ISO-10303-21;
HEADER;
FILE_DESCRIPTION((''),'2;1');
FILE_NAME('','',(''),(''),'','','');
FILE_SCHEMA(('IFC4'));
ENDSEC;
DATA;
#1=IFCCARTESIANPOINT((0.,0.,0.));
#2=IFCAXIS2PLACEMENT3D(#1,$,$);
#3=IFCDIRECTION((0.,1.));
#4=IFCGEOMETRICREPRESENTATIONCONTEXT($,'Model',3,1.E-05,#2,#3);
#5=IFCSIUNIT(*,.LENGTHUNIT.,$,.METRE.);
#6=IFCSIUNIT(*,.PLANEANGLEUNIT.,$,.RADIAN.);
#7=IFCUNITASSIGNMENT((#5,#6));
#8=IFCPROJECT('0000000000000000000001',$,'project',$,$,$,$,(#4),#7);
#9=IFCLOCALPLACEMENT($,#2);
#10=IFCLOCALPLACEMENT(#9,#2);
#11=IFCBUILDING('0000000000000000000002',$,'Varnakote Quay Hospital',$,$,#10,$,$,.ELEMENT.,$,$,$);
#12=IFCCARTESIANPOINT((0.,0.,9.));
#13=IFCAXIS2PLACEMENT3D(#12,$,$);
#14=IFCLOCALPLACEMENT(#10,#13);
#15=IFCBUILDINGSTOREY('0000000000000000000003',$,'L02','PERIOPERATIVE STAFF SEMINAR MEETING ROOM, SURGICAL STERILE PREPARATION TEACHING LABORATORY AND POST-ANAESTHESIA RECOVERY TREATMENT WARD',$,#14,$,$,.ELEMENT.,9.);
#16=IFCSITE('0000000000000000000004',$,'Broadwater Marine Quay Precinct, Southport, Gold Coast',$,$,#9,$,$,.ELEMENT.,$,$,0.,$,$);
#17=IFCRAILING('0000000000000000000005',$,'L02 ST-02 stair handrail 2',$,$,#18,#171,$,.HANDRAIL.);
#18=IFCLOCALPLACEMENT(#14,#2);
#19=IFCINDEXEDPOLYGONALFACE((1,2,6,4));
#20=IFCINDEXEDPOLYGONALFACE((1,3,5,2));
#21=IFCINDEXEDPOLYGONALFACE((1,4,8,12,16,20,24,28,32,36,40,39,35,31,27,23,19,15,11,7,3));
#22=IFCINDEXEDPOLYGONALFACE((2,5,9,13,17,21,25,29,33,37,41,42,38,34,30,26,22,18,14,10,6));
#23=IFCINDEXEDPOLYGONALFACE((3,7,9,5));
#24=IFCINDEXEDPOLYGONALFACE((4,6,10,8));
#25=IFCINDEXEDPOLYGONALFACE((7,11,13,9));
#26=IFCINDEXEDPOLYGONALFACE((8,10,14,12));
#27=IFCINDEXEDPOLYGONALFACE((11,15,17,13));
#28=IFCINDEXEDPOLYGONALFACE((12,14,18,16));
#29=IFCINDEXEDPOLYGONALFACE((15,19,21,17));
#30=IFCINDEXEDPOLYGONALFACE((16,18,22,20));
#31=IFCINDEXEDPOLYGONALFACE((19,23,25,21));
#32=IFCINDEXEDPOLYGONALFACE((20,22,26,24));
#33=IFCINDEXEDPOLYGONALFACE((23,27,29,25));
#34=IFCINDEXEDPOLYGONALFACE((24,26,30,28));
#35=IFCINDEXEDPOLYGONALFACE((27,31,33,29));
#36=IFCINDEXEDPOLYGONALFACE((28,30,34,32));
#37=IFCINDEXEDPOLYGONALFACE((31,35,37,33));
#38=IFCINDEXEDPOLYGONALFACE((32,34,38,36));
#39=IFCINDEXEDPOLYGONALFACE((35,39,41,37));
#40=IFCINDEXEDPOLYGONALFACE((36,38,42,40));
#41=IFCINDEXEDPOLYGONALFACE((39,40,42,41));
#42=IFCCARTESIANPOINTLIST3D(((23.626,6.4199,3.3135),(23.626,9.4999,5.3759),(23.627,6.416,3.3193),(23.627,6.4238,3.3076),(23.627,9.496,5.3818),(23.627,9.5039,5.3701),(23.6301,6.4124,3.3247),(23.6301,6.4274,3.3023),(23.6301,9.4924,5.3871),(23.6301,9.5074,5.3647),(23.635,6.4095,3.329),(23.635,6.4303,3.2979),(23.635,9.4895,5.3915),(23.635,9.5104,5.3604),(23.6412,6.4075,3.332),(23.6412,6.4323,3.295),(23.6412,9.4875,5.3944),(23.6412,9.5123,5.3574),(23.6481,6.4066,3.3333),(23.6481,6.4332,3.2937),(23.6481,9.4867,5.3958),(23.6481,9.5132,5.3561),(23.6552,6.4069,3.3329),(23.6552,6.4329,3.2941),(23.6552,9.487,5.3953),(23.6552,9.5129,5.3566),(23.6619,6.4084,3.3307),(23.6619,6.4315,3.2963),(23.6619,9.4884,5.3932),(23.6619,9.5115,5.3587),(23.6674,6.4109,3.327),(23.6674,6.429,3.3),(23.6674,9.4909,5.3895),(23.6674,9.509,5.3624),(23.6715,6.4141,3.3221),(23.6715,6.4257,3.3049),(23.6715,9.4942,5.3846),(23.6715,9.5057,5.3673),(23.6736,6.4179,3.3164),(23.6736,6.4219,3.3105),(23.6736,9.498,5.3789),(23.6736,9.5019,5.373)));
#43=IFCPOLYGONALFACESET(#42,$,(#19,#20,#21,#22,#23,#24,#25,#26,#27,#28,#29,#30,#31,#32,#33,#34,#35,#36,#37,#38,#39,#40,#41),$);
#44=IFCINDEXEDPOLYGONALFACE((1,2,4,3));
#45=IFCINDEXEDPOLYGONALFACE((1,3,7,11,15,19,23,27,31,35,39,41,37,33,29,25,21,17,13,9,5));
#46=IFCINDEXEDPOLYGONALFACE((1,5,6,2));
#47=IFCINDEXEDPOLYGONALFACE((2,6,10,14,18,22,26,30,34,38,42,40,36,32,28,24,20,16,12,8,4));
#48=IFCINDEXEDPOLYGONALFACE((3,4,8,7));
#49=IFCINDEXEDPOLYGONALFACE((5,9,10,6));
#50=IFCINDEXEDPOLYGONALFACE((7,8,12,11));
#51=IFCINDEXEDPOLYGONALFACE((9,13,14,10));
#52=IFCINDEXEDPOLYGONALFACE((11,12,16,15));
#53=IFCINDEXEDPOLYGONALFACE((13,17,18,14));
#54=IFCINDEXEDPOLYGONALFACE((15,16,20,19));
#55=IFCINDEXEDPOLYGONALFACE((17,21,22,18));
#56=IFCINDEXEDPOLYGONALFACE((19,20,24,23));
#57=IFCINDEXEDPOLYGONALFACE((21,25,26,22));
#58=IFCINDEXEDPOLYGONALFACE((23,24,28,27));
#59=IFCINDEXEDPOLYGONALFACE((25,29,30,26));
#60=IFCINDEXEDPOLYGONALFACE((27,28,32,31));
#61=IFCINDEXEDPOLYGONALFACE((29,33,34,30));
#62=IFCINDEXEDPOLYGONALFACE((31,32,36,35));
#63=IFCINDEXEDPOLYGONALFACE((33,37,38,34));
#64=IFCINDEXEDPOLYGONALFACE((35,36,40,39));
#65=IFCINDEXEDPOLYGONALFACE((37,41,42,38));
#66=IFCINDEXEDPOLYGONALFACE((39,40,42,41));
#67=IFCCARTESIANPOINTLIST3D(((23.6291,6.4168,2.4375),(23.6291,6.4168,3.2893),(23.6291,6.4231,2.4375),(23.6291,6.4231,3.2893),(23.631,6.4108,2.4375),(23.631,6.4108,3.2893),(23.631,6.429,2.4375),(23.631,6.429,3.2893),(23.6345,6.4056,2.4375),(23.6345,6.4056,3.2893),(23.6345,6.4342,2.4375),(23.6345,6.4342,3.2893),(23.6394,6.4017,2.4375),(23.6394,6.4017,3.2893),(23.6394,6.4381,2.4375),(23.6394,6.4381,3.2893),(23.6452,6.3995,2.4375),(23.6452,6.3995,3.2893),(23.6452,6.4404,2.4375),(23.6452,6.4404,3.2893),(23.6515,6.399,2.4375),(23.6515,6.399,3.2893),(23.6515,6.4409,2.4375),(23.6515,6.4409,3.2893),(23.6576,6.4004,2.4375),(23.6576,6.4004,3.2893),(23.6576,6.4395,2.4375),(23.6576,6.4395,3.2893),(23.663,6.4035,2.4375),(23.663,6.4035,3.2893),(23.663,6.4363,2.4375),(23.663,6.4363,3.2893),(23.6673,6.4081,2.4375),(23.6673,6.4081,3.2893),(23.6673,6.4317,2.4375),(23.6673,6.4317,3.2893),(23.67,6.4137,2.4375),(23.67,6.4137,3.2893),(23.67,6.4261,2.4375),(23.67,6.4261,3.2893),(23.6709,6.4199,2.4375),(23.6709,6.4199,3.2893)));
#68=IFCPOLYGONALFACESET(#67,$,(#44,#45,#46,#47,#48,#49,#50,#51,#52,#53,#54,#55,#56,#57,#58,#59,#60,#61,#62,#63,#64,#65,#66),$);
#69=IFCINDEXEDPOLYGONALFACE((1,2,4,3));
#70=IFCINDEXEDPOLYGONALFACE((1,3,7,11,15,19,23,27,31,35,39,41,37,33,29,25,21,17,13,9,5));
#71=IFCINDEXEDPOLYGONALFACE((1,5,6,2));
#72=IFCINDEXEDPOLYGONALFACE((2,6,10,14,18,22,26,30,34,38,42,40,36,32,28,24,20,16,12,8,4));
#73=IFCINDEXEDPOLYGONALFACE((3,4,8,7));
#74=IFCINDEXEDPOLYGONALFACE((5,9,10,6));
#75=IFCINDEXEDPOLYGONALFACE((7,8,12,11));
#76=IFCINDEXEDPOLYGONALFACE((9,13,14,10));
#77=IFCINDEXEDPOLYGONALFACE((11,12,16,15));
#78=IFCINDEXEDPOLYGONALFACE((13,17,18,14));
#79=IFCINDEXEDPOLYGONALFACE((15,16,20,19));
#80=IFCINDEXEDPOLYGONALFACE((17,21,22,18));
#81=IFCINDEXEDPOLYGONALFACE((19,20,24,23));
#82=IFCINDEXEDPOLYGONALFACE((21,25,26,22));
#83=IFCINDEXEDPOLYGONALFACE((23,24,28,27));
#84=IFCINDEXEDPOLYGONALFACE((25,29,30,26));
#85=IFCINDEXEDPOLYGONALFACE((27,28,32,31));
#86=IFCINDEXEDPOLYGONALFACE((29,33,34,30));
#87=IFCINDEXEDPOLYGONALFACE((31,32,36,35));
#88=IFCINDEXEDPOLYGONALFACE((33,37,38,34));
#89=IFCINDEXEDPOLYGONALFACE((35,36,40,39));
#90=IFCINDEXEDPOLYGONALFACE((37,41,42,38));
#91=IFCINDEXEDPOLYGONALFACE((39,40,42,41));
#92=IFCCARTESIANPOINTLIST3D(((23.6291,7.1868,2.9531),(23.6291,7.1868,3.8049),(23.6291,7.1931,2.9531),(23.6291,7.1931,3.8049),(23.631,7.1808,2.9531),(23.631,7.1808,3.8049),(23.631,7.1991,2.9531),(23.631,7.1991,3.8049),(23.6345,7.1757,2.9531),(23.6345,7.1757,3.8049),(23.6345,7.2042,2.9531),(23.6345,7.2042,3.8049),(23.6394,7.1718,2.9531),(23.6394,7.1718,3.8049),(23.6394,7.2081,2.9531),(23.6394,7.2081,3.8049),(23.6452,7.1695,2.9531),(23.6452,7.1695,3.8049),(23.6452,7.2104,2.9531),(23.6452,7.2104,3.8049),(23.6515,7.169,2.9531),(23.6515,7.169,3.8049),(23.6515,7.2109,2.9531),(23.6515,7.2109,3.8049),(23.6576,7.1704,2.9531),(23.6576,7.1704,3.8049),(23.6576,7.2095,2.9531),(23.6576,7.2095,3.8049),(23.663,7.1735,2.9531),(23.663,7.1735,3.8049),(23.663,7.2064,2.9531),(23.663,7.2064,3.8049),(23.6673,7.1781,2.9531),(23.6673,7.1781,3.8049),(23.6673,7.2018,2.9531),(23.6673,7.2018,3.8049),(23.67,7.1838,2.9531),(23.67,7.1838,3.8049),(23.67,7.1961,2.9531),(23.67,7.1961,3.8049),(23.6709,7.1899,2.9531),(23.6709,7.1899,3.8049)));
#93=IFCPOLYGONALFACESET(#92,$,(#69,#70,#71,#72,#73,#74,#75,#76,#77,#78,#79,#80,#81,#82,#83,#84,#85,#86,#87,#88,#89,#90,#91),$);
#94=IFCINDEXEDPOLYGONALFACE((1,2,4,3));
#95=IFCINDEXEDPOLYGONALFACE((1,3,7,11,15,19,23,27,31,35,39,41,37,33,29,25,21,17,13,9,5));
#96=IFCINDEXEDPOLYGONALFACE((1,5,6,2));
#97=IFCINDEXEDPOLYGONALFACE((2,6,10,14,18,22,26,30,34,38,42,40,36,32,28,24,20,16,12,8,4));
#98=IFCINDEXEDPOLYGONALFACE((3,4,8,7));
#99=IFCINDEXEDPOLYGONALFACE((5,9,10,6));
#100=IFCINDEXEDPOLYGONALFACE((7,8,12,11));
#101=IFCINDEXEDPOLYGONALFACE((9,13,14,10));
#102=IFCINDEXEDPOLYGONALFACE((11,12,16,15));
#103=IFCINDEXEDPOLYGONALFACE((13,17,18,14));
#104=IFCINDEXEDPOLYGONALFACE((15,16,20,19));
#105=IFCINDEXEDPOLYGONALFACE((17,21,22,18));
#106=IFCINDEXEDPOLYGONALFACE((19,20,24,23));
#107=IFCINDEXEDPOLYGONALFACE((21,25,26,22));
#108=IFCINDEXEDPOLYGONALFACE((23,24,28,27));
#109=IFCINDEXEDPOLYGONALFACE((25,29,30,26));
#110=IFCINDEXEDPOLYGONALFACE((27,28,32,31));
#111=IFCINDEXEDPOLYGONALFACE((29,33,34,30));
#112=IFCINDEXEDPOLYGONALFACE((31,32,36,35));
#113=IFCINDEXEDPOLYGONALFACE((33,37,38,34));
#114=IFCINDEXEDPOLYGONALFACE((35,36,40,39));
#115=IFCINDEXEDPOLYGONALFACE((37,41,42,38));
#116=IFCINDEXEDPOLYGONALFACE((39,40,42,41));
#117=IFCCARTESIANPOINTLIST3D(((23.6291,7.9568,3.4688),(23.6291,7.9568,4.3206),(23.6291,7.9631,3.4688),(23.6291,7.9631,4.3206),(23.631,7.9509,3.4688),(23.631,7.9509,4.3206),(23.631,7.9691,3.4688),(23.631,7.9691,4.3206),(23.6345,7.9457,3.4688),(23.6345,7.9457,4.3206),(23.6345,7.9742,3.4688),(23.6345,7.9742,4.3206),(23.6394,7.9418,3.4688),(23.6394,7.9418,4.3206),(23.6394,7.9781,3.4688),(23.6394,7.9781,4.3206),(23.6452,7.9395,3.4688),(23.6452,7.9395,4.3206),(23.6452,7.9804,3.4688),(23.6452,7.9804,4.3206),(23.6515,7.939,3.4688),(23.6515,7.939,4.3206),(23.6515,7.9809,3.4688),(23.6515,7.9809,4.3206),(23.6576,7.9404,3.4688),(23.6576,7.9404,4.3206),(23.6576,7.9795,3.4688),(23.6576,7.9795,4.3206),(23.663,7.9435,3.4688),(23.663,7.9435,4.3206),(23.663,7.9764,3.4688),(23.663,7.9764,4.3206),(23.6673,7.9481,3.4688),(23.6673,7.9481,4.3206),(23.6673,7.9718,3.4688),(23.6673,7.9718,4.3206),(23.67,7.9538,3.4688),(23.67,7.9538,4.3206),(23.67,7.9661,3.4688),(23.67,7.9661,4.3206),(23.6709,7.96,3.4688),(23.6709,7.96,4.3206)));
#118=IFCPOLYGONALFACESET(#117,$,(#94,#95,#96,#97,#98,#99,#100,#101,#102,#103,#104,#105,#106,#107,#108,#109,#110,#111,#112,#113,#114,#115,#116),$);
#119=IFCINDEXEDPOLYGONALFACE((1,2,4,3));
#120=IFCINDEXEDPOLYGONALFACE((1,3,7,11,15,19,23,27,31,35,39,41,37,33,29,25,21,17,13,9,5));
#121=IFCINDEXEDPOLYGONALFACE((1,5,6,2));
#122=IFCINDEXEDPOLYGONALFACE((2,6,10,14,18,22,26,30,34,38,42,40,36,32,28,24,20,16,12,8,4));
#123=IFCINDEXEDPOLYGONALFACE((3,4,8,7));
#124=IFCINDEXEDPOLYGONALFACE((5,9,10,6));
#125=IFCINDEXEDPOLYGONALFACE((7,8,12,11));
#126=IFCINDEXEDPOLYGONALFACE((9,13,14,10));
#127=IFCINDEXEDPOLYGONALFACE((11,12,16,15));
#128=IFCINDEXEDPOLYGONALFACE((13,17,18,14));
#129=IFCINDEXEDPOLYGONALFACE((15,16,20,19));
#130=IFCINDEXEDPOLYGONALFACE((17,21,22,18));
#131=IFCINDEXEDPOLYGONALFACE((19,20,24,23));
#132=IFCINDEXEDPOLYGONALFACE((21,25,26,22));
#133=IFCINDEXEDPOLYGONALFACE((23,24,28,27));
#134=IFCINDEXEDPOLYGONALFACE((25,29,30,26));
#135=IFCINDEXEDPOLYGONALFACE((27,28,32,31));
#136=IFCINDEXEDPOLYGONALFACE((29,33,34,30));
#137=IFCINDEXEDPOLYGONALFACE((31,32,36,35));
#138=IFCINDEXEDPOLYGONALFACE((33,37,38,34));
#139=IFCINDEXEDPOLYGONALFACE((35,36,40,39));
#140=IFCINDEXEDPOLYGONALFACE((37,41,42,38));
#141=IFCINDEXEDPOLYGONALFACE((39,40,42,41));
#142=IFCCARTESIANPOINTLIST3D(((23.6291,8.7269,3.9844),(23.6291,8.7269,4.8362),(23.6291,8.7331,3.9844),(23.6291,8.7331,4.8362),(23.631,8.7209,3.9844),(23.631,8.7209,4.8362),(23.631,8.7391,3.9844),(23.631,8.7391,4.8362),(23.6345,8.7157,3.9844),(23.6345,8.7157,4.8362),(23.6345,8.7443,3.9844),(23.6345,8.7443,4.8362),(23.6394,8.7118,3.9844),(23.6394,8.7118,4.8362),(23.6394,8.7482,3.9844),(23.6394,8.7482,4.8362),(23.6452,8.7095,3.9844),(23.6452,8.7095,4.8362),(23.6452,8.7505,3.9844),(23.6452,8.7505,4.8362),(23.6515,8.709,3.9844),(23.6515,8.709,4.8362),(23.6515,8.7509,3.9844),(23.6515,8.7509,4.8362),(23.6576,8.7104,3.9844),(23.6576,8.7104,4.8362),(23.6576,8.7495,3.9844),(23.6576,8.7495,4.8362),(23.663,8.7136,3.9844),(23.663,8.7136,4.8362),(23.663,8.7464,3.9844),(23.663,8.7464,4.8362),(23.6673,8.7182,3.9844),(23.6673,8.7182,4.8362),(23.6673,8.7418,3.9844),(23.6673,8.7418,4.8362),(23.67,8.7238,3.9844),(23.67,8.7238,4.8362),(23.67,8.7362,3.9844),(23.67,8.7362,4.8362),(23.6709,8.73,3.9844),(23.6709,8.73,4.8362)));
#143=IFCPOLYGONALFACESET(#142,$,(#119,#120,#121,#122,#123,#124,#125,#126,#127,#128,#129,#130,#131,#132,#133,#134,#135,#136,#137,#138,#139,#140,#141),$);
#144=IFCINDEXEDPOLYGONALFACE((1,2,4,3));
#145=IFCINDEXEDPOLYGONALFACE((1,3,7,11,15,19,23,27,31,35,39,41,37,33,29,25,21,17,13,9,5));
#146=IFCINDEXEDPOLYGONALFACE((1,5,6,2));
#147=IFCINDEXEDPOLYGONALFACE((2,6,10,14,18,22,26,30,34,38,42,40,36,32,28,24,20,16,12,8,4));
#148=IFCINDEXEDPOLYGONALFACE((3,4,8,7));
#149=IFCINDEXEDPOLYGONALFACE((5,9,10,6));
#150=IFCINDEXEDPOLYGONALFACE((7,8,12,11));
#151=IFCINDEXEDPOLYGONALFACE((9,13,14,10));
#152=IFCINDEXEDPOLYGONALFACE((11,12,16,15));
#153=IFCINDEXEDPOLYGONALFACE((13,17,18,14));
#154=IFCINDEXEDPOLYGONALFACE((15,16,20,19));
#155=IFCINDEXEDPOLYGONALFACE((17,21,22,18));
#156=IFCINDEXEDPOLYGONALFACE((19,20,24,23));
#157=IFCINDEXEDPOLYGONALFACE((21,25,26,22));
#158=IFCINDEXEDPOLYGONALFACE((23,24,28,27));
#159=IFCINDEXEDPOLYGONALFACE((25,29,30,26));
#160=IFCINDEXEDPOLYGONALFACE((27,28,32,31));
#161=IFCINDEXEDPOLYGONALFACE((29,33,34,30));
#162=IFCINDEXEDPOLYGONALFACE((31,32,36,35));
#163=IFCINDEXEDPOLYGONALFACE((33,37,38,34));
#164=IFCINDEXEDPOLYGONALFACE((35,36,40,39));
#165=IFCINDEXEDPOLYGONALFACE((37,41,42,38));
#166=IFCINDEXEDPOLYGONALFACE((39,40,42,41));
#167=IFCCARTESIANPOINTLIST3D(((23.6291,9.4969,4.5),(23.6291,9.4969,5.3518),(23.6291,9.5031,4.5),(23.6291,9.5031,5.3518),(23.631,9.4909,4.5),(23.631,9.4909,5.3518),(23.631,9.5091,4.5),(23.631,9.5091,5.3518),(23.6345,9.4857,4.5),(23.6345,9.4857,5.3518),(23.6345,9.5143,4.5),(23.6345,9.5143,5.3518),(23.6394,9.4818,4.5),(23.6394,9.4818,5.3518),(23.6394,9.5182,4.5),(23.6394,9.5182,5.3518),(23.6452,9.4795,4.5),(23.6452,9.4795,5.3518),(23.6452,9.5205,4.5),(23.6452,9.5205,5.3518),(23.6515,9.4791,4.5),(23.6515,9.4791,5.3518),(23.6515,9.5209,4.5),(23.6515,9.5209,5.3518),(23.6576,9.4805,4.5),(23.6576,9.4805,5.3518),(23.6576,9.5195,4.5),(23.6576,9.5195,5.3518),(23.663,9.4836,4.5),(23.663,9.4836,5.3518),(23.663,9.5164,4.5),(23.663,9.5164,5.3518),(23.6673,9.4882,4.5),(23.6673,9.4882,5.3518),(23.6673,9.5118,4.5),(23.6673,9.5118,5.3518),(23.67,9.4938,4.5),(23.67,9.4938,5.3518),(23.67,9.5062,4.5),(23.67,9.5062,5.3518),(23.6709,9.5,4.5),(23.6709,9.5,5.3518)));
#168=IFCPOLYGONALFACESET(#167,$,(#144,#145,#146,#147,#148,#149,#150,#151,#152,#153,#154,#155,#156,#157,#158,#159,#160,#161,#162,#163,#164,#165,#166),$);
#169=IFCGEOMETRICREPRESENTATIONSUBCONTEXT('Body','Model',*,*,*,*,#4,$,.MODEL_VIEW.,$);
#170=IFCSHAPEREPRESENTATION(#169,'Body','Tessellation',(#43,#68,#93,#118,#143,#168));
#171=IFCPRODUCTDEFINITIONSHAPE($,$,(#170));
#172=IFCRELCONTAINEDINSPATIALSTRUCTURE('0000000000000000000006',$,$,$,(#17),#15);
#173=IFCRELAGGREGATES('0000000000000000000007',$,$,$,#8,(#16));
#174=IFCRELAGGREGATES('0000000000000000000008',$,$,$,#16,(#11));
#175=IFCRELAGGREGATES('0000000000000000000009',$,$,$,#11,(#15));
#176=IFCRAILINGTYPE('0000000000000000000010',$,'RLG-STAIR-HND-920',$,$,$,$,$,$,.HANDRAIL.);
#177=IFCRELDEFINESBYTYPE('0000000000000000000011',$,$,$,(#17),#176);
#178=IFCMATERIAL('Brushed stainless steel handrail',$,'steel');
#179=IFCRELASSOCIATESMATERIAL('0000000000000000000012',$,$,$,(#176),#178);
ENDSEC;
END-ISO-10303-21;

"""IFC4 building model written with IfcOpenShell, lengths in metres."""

from ifc_helpers import new_model, si_unit, direction, frame, origin, origin_2d, place, context, subcontext, project, spatial, circle, extrude, material, type_object, element, save


model = new_model("IFC4")

# Units and contexts
model_context = context("Model", 3, precision=1e-05, world=origin(), true_north=direction((0.0, 1.0)))
body_context = subcontext(model_context, "Body", "Model", "MODEL_VIEW")
ifc_project = project(units=[si_unit("LENGTHUNIT", "METRE"), si_unit("PLANEANGLEUNIT", "RADIAN")], contexts=[model_context])

# Site, building, storey
site_placement = place(None, origin())
site = spatial("IfcSite", under=ifc_project, at=site_placement, Name="Broadwater Marine Quay Precinct, Southport, Gold Coast", CompositionType="ELEMENT", RefElevation=0.0)
building_placement = place(site_placement, origin())
building = spatial("IfcBuilding", under=site, at=building_placement, Name="Varnakote Quay Hospital", CompositionType="ELEMENT")
storey_placement = place(building_placement, frame((0.0, 0.0, 9.0)))
storey = spatial("IfcBuildingStorey", under=building, at=storey_placement, Name="L02", Description="PERIOPERATIVE STAFF SEMINAR MEETING ROOM, SURGICAL STERILE PREPARATION TEACHING LABORATORY AND POST-ANAESTHESIA RECOVERY TREATMENT WARD", CompositionType="ELEMENT", Elevation=9.0)

# Railing
ifc_material_1 = material(Name="Brushed stainless steel handrail", Category="steel")
railing_type = type_object("IfcRailingType", Name="RLG-STAIR-HND-920", PredefinedType="HANDRAIL", material=ifc_material_1)
railing_placement = place(storey_placement, frame((23.6499, 6.4199, 2.4375)))
element("IfcRailing", 1, at=railing_placement, inside=storey, type_object=railing_type, Name="L02 ST-02 stair handrail 2", PredefinedType="HANDRAIL", context=body_context, shape_type="SweptSolid", body=[
    extrude(circle(Radius=0.0239, at=origin_2d()), frame((0.0, 0.0, 0.876), z_axis=(0.0, 0.830914, 0.556401), x_axis=(-1.0, 0.0, 0.0)), (0.0, 0.0, 1.0), 3.7068),
    extrude(circle(Radius=0.021, at=origin_2d()), origin(), (0.0, 0.0, 1.0), 0.8518),
    extrude(circle(Radius=0.021, at=origin_2d()), frame((0.0, 0.77, 0.5156)), (0.0, 0.0, 1.0), 0.8518),
    extrude(circle(Radius=0.021, at=origin_2d()), frame((0.0, 1.54, 1.0312)), (0.0, 0.0, 1.0), 0.8518),
    extrude(circle(Radius=0.021, at=origin_2d()), frame((0.0, 2.3101, 1.5469)), (0.0, 0.0, 1.0), 0.8518),
    extrude(circle(Radius=0.021, at=origin_2d()), frame((0.0, 3.0801, 2.0625)), (0.0, 0.0, 1.0), 0.8518),
])

save(model, "model.ifc")
